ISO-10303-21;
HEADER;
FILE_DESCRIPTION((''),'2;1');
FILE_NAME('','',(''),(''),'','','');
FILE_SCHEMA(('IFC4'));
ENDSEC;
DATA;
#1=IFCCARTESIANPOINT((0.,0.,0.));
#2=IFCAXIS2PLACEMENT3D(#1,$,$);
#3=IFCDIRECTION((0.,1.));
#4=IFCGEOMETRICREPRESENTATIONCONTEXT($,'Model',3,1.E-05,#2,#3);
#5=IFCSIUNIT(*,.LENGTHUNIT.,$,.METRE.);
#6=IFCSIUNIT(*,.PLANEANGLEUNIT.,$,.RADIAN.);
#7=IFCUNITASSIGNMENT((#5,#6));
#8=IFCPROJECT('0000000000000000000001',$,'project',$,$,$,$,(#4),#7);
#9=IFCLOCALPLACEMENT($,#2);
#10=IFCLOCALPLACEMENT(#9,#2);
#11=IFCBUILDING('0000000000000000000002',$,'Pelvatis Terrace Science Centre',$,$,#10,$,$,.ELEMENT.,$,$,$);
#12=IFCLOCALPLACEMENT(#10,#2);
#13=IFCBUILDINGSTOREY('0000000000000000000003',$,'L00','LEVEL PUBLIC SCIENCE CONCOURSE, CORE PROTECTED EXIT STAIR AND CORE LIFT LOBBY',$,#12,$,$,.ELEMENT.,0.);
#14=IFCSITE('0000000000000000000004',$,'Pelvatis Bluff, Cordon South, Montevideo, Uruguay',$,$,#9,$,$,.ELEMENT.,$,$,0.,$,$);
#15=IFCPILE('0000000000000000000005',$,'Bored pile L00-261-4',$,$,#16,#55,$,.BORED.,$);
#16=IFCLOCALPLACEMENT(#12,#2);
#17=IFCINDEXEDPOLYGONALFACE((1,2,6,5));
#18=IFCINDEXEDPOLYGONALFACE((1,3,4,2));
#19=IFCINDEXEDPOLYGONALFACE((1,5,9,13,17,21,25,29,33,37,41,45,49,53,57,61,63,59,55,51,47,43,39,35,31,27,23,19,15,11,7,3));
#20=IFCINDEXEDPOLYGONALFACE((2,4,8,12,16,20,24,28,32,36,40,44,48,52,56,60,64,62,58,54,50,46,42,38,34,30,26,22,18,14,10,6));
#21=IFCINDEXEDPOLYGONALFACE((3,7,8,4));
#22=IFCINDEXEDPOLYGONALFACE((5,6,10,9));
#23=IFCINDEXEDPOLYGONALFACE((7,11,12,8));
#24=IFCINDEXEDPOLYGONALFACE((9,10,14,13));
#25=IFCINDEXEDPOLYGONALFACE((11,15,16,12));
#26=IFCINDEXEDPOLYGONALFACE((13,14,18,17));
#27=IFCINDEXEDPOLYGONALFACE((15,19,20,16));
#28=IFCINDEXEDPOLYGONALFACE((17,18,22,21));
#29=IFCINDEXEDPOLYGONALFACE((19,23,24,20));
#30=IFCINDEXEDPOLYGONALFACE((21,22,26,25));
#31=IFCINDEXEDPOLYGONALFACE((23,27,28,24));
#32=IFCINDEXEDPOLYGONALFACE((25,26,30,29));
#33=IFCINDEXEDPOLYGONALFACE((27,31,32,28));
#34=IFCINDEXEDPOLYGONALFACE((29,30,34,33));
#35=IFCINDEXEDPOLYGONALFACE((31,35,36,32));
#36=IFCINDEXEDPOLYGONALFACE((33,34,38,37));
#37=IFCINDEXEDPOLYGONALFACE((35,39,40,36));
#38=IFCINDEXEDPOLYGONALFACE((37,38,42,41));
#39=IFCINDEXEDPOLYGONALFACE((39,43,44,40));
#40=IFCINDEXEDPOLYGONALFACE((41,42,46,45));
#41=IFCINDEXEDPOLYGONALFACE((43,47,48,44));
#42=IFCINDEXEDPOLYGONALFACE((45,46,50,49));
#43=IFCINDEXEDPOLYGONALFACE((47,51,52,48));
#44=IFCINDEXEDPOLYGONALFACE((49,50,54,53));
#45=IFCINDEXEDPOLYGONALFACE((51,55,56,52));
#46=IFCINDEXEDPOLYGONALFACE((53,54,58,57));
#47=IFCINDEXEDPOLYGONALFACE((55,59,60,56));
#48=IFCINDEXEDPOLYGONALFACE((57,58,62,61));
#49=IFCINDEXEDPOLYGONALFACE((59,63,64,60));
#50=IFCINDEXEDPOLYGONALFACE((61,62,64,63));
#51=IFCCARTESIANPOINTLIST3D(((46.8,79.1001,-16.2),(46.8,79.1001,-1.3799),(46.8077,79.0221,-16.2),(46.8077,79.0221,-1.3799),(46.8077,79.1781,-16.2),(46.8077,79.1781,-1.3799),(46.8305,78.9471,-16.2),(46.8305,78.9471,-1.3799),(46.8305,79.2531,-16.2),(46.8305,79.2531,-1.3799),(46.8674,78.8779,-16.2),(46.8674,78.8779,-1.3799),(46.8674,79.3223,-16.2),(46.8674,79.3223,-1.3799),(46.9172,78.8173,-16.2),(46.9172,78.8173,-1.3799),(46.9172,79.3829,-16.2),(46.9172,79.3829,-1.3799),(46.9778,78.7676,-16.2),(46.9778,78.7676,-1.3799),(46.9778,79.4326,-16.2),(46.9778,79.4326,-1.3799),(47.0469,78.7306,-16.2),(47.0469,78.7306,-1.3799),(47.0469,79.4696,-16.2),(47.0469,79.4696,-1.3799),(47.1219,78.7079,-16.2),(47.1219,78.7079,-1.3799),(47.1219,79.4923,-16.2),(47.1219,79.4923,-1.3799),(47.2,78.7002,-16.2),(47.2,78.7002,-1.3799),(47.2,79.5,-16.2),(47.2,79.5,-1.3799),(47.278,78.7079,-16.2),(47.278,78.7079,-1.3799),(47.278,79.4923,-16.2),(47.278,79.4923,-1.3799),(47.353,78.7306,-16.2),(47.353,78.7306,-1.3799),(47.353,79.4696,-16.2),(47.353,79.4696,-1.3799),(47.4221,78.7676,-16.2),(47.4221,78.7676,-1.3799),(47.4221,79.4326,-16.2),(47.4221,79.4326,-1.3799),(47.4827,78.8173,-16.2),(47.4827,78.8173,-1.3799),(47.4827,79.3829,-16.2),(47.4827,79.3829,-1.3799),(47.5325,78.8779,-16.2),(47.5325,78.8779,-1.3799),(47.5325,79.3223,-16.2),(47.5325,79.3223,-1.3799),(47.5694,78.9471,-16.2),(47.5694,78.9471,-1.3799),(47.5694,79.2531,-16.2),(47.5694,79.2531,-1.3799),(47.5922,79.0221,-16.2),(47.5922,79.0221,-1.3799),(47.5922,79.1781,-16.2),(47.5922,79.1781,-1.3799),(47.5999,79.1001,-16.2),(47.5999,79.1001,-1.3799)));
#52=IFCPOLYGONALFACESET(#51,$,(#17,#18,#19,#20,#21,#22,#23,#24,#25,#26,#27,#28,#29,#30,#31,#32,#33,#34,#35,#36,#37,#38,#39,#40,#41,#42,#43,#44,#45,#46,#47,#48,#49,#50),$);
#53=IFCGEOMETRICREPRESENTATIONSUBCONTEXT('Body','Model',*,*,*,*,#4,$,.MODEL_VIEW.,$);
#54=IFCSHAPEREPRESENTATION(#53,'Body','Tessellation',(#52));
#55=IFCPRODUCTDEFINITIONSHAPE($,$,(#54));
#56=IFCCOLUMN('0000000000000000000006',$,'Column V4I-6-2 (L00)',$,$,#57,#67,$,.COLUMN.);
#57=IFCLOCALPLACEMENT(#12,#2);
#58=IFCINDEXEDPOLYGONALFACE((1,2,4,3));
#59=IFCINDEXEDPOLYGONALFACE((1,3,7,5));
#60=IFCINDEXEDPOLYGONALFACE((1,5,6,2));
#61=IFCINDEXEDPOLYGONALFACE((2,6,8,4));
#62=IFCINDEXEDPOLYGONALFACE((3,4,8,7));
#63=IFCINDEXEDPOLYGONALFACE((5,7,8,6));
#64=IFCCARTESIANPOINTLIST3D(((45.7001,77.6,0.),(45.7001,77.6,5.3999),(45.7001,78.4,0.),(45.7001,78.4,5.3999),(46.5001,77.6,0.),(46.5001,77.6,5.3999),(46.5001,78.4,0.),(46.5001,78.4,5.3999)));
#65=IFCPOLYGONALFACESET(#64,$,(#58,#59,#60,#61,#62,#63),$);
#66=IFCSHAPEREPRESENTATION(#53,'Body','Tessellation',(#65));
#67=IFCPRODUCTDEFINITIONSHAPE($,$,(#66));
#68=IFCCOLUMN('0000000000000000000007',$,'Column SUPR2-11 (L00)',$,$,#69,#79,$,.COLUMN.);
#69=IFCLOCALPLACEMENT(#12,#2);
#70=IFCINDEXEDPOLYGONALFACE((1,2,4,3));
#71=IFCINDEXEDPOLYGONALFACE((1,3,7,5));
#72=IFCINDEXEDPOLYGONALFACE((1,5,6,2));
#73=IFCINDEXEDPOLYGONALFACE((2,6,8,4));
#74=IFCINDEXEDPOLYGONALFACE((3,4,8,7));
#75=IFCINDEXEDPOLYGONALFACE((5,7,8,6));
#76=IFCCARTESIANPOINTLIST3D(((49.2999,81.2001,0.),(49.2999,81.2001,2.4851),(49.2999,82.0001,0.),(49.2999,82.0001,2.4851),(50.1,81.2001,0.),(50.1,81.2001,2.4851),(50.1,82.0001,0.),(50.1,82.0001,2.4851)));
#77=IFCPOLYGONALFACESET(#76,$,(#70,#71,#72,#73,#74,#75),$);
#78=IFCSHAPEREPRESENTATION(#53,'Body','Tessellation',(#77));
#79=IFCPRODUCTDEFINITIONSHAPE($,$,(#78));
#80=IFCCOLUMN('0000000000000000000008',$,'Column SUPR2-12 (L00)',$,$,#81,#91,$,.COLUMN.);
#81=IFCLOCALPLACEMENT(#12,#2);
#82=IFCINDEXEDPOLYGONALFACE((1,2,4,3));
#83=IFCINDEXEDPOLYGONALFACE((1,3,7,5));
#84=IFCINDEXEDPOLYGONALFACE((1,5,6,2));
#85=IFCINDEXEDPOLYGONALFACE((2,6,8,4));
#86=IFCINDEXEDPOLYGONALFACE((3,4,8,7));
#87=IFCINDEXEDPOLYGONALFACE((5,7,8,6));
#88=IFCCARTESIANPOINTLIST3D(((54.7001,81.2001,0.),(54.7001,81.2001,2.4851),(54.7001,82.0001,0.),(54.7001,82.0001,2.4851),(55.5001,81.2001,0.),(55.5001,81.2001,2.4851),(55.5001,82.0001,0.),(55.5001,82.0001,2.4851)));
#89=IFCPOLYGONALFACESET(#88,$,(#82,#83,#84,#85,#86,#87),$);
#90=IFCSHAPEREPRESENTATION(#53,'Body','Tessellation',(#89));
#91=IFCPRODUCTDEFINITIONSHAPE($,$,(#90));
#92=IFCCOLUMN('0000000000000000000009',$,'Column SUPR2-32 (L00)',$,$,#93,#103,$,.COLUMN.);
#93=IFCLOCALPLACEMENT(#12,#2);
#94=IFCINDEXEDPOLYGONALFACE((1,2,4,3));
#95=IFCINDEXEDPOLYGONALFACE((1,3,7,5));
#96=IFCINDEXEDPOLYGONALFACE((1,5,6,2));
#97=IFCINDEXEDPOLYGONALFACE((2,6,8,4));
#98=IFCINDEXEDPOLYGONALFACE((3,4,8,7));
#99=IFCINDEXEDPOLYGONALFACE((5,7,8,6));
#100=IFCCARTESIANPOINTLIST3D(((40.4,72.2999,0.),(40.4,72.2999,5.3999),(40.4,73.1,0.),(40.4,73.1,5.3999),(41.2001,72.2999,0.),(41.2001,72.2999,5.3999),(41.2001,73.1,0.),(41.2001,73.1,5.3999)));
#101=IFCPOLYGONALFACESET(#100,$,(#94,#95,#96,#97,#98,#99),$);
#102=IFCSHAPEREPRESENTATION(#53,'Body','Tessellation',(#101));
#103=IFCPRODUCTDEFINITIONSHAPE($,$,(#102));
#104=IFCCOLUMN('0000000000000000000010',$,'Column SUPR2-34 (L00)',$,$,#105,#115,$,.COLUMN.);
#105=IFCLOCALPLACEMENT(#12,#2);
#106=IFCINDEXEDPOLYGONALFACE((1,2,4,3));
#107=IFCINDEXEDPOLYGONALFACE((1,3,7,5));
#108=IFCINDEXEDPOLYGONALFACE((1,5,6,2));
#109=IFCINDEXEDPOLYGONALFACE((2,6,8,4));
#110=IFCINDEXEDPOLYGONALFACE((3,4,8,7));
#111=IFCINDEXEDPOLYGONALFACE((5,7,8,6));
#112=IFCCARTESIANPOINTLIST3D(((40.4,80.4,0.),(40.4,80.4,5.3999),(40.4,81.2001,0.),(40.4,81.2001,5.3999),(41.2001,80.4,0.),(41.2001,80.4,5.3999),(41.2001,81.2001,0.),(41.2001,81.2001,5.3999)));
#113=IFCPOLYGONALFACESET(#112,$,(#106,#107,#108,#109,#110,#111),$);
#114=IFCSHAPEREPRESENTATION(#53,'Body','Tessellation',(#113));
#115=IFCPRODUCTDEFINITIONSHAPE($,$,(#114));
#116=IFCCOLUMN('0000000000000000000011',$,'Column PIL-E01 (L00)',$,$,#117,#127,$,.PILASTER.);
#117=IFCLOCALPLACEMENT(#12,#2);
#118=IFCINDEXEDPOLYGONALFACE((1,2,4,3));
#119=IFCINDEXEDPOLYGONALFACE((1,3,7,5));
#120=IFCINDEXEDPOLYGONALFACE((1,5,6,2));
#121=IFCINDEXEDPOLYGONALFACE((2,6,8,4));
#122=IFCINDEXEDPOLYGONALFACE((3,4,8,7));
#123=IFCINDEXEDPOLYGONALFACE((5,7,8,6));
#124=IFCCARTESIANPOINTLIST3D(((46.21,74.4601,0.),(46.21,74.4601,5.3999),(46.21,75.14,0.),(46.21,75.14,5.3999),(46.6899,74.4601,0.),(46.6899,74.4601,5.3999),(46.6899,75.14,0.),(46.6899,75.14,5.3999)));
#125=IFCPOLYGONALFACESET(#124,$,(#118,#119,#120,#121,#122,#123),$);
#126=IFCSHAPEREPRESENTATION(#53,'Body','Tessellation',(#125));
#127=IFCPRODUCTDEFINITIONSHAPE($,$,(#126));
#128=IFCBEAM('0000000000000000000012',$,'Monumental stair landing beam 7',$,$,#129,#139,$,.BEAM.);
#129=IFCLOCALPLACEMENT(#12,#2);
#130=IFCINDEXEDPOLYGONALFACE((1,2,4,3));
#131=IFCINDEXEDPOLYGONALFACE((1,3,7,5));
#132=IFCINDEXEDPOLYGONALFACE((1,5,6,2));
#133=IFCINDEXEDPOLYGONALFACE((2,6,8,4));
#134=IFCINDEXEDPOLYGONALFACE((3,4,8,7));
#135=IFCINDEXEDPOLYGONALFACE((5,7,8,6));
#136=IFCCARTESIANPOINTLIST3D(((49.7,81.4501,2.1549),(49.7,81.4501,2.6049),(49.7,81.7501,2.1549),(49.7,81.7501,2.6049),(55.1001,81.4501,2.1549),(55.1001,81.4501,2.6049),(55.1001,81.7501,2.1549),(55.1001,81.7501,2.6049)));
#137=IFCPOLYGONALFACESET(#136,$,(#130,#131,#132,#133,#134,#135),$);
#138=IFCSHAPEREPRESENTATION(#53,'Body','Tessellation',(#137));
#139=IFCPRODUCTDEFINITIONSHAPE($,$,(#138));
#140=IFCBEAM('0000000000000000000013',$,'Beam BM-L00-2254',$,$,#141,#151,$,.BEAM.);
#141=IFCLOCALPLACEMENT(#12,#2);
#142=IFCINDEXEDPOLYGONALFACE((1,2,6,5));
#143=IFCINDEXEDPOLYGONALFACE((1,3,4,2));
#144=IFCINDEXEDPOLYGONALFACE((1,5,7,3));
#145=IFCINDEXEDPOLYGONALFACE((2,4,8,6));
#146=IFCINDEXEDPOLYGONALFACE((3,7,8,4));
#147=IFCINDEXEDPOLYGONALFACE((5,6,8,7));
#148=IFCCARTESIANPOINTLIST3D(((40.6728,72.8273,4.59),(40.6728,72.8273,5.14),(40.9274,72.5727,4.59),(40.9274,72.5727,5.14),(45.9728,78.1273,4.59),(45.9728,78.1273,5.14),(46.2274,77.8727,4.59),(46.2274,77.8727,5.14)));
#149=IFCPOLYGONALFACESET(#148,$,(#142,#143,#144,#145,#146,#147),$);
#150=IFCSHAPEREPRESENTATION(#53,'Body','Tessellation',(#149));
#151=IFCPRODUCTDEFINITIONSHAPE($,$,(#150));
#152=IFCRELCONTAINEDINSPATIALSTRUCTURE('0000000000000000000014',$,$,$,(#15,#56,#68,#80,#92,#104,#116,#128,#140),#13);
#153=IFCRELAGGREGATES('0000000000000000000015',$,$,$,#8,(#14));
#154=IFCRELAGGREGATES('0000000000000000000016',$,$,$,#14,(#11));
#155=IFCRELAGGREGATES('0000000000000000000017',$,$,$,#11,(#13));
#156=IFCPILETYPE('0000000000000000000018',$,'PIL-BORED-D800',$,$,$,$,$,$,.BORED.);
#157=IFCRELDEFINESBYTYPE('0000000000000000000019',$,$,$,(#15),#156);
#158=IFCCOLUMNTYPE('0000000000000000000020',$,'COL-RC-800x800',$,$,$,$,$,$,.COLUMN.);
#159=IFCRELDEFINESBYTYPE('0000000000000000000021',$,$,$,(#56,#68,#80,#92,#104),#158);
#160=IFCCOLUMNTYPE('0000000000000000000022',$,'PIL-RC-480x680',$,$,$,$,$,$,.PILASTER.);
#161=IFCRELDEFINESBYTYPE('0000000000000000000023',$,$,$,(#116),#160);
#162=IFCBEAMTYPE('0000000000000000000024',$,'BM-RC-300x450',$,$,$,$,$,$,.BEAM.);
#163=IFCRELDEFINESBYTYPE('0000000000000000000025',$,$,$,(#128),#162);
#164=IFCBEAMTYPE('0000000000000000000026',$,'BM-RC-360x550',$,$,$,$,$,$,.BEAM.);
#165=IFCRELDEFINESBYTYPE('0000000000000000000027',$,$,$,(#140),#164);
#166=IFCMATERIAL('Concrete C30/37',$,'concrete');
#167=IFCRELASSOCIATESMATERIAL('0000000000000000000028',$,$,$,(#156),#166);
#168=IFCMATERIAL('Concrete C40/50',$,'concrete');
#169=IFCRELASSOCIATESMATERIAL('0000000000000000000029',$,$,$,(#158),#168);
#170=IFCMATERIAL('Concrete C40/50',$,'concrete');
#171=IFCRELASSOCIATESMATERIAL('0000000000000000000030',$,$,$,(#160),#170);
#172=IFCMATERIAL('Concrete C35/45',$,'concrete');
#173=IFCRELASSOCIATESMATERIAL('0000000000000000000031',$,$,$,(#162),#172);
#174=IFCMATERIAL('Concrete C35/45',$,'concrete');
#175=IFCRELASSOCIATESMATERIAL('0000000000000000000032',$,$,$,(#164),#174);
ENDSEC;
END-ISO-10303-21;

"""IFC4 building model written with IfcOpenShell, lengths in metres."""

from ifc_helpers import new_model, si_unit, direction, frame, origin, origin_2d, place, context, subcontext, project, spatial, rectangle, circle, extrude, material, material_profile, profile_set, type_object, element, save


model = new_model("IFC4")

# Units and contexts
model_context = context("Model", 3, precision=1e-05, world=origin(), true_north=direction((0.0, 1.0)))
body_context = subcontext(model_context, "Body", "Model", "MODEL_VIEW")
ifc_project = project(units=[si_unit("LENGTHUNIT", "METRE"), si_unit("PLANEANGLEUNIT", "RADIAN")], contexts=[model_context])

# Site, building, storey
site_placement = place(None, origin())
site = spatial("IfcSite", under=ifc_project, at=site_placement, Name="Pelvatis Bluff, Cordon South, Montevideo, Uruguay", CompositionType="ELEMENT", RefElevation=0.0)
building_placement = place(site_placement, origin())
building = spatial("IfcBuilding", under=site, at=building_placement, Name="Pelvatis Terrace Science Centre", CompositionType="ELEMENT")
storey_placement = place(building_placement, origin())
storey = spatial("IfcBuildingStorey", under=building, at=storey_placement, Name="L00", Description="LEVEL PUBLIC SCIENCE CONCOURSE, CORE PROTECTED EXIT STAIR AND CORE LIFT LOBBY", CompositionType="ELEMENT", Elevation=0.0)

# Pile
ifc_material_1 = material(Name="Concrete C30/37", Category="concrete")
ifc_material_profile_1 = material_profile(ifc_material_1, circle(Radius=0.3999, at=origin_2d()), Name="PILE D800")
ifc_profile_set_1 = profile_set([ifc_material_profile_1], Name="Concrete C30/37")
pile_type = type_object("IfcPileType", Name="PIL-BORED-D800", PredefinedType="BORED", material=ifc_profile_set_1)
for number, where, z_axis, x_axis, name in (
    (1, (47.2, 79.1001, -1.3799), (0.0, 0.0, -1.0), (1.0, 0.0, 0.0), "Bored pile L00-261-4"),
):
    element("IfcPile", number, at=place(storey_placement, frame(where, z_axis=z_axis, x_axis=x_axis)), inside=storey, type_object=pile_type, Name=name, PredefinedType="BORED", context=body_context, shape_type="SweptSolid", body=[
        extrude(circle(Radius=0.3999, at=origin_2d()), origin(), (0.0, 0.0, 1.0), 14.8201),
    ])

# Columns
ifc_material_2 = material(Name="Concrete C40/50", Category="concrete")
ifc_material_profile_2 = material_profile(ifc_material_2, rectangle(XDim=0.8, YDim=0.8, at=origin_2d()), Name="RC-COL 800x800")
ifc_profile_set_2 = profile_set([ifc_material_profile_2], Name="Concrete C40/50")
column_type_1 = type_object("IfcColumnType", Name="COL-RC-800x800", PredefinedType="COLUMN", material=ifc_profile_set_2)
column_1_placement = place(storey_placement, frame((46.1001, 78.0, 0.0), z_axis=(0.0, 0.0, 1.0), x_axis=(1.0, 0.0, 0.0)))
element("IfcColumn", 2, at=column_1_placement, inside=storey, type_object=column_type_1, Name="Column V4I-6-2 (L00)", PredefinedType="COLUMN", context=body_context, shape_type="SweptSolid", body=[
    extrude(rectangle(XDim=0.8, YDim=0.8, at=origin_2d()), origin(), (0.0, 0.0, 1.0), 5.3999),
])
for number, where, z_axis, x_axis, name in (
    (3, (49.7, 81.6001, 0.0), (0.0, 0.0, 1.0), (1.0, 0.0, 0.0), "Column SUPR2-11 (L00)"),
    (4, (55.1001, 81.6001, 0.0), (0.0, 0.0, 1.0), (1.0, 0.0, 0.0), "Column SUPR2-12 (L00)"),
):
    element("IfcColumn", number, at=place(storey_placement, frame(where, z_axis=z_axis, x_axis=x_axis)), inside=storey, type_object=column_type_1, Name=name, PredefinedType="COLUMN", context=body_context, shape_type="SweptSolid", body=[
        extrude(rectangle(XDim=0.8, YDim=0.8, at=origin_2d()), origin(), (0.0, 0.0, 1.0), 2.4851),
    ])
for number, where, z_axis, x_axis, name in (
    (5, (40.8, 72.7, 0.0), (0.0, 0.0, 1.0), (1.0, 0.0, 0.0), "Column SUPR2-32 (L00)"),
    (6, (40.8, 80.8, 0.0), (0.0, 0.0, 1.0), (1.0, 0.0, 0.0), "Column SUPR2-34 (L00)"),
):
    element("IfcColumn", number, at=place(storey_placement, frame(where, z_axis=z_axis, x_axis=x_axis)), inside=storey, type_object=column_type_1, Name=name, PredefinedType="COLUMN", context=body_context, shape_type="SweptSolid", body=[
        extrude(rectangle(XDim=0.8, YDim=0.8, at=origin_2d()), origin(), (0.0, 0.0, 1.0), 5.3999),
    ])
ifc_material_3 = material(Name="Concrete C40/50", Category="concrete")
ifc_material_profile_3 = material_profile(ifc_material_3, rectangle(XDim=0.48, YDim=0.6799, at=origin_2d()), Name="RC-PIL 480x680")
ifc_profile_set_3 = profile_set([ifc_material_profile_3], Name="Concrete C40/50")
column_type_2 = type_object("IfcColumnType", Name="PIL-RC-480x680", PredefinedType="PILASTER", material=ifc_profile_set_3)
column_2_placement = place(storey_placement, frame((46.45, 74.8, 0.0), z_axis=(0.0, 0.0, 1.0), x_axis=(1.0, 0.0, 0.0)))
element("IfcColumn", 7, at=column_2_placement, inside=storey, type_object=column_type_2, Name="Column PIL-E01 (L00)", PredefinedType="PILASTER", context=body_context, shape_type="SweptSolid", body=[
    extrude(rectangle(XDim=0.48, YDim=0.6799, at=origin_2d()), origin(), (0.0, 0.0, 1.0), 5.3999),
])

# Beams
ifc_material_4 = material(Name="Concrete C35/45", Category="concrete")
ifc_material_profile_4 = material_profile(ifc_material_4, rectangle(XDim=0.3, YDim=0.45, at=origin_2d()), Name="RC-BM 300x450")
ifc_profile_set_4 = profile_set([ifc_material_profile_4], Name="Concrete C35/45")
beam_type_1 = type_object("IfcBeamType", Name="BM-RC-300x450", PredefinedType="BEAM", material=ifc_profile_set_4)
beam_1_placement = place(storey_placement, frame((49.7, 81.6001, 2.3799), z_axis=(1.0, 0.0, 0.0), x_axis=(0.0, 1.0, 0.0)))
element("IfcBeam", 8, at=beam_1_placement, inside=storey, type_object=beam_type_1, Name="Monumental stair landing beam 7", PredefinedType="BEAM", context=body_context, shape_type="SweptSolid", body=[
    extrude(rectangle(XDim=0.3, YDim=0.45, at=origin_2d()), origin(), (0.0, 0.0, 1.0), 5.4001),
])
ifc_material_5 = material(Name="Concrete C35/45", Category="concrete")
ifc_material_profile_5 = material_profile(ifc_material_5, rectangle(XDim=0.3601, YDim=0.55, at=origin_2d()), Name="RC-BM 360x550")
ifc_profile_set_5 = profile_set([ifc_material_profile_5], Name="Concrete C35/45")
beam_type_2 = type_object("IfcBeamType", Name="BM-RC-360x550", PredefinedType="BEAM", material=ifc_profile_set_5)
beam_2_placement = place(storey_placement, frame((46.1001, 78.0, 4.865), z_axis=(-0.707107, -0.707107, 0.0), x_axis=(0.707107, -0.707107, 0.0)))
element("IfcBeam", 9, at=beam_2_placement, inside=storey, type_object=beam_type_2, Name="Beam BM-L00-2254", PredefinedType="BEAM", context=body_context, shape_type="SweptSolid", body=[
    extrude(rectangle(XDim=0.3601, YDim=0.55, at=origin_2d()), origin(), (0.0, 0.0, 1.0), 7.4954),
])

save(model, "model.ifc")
